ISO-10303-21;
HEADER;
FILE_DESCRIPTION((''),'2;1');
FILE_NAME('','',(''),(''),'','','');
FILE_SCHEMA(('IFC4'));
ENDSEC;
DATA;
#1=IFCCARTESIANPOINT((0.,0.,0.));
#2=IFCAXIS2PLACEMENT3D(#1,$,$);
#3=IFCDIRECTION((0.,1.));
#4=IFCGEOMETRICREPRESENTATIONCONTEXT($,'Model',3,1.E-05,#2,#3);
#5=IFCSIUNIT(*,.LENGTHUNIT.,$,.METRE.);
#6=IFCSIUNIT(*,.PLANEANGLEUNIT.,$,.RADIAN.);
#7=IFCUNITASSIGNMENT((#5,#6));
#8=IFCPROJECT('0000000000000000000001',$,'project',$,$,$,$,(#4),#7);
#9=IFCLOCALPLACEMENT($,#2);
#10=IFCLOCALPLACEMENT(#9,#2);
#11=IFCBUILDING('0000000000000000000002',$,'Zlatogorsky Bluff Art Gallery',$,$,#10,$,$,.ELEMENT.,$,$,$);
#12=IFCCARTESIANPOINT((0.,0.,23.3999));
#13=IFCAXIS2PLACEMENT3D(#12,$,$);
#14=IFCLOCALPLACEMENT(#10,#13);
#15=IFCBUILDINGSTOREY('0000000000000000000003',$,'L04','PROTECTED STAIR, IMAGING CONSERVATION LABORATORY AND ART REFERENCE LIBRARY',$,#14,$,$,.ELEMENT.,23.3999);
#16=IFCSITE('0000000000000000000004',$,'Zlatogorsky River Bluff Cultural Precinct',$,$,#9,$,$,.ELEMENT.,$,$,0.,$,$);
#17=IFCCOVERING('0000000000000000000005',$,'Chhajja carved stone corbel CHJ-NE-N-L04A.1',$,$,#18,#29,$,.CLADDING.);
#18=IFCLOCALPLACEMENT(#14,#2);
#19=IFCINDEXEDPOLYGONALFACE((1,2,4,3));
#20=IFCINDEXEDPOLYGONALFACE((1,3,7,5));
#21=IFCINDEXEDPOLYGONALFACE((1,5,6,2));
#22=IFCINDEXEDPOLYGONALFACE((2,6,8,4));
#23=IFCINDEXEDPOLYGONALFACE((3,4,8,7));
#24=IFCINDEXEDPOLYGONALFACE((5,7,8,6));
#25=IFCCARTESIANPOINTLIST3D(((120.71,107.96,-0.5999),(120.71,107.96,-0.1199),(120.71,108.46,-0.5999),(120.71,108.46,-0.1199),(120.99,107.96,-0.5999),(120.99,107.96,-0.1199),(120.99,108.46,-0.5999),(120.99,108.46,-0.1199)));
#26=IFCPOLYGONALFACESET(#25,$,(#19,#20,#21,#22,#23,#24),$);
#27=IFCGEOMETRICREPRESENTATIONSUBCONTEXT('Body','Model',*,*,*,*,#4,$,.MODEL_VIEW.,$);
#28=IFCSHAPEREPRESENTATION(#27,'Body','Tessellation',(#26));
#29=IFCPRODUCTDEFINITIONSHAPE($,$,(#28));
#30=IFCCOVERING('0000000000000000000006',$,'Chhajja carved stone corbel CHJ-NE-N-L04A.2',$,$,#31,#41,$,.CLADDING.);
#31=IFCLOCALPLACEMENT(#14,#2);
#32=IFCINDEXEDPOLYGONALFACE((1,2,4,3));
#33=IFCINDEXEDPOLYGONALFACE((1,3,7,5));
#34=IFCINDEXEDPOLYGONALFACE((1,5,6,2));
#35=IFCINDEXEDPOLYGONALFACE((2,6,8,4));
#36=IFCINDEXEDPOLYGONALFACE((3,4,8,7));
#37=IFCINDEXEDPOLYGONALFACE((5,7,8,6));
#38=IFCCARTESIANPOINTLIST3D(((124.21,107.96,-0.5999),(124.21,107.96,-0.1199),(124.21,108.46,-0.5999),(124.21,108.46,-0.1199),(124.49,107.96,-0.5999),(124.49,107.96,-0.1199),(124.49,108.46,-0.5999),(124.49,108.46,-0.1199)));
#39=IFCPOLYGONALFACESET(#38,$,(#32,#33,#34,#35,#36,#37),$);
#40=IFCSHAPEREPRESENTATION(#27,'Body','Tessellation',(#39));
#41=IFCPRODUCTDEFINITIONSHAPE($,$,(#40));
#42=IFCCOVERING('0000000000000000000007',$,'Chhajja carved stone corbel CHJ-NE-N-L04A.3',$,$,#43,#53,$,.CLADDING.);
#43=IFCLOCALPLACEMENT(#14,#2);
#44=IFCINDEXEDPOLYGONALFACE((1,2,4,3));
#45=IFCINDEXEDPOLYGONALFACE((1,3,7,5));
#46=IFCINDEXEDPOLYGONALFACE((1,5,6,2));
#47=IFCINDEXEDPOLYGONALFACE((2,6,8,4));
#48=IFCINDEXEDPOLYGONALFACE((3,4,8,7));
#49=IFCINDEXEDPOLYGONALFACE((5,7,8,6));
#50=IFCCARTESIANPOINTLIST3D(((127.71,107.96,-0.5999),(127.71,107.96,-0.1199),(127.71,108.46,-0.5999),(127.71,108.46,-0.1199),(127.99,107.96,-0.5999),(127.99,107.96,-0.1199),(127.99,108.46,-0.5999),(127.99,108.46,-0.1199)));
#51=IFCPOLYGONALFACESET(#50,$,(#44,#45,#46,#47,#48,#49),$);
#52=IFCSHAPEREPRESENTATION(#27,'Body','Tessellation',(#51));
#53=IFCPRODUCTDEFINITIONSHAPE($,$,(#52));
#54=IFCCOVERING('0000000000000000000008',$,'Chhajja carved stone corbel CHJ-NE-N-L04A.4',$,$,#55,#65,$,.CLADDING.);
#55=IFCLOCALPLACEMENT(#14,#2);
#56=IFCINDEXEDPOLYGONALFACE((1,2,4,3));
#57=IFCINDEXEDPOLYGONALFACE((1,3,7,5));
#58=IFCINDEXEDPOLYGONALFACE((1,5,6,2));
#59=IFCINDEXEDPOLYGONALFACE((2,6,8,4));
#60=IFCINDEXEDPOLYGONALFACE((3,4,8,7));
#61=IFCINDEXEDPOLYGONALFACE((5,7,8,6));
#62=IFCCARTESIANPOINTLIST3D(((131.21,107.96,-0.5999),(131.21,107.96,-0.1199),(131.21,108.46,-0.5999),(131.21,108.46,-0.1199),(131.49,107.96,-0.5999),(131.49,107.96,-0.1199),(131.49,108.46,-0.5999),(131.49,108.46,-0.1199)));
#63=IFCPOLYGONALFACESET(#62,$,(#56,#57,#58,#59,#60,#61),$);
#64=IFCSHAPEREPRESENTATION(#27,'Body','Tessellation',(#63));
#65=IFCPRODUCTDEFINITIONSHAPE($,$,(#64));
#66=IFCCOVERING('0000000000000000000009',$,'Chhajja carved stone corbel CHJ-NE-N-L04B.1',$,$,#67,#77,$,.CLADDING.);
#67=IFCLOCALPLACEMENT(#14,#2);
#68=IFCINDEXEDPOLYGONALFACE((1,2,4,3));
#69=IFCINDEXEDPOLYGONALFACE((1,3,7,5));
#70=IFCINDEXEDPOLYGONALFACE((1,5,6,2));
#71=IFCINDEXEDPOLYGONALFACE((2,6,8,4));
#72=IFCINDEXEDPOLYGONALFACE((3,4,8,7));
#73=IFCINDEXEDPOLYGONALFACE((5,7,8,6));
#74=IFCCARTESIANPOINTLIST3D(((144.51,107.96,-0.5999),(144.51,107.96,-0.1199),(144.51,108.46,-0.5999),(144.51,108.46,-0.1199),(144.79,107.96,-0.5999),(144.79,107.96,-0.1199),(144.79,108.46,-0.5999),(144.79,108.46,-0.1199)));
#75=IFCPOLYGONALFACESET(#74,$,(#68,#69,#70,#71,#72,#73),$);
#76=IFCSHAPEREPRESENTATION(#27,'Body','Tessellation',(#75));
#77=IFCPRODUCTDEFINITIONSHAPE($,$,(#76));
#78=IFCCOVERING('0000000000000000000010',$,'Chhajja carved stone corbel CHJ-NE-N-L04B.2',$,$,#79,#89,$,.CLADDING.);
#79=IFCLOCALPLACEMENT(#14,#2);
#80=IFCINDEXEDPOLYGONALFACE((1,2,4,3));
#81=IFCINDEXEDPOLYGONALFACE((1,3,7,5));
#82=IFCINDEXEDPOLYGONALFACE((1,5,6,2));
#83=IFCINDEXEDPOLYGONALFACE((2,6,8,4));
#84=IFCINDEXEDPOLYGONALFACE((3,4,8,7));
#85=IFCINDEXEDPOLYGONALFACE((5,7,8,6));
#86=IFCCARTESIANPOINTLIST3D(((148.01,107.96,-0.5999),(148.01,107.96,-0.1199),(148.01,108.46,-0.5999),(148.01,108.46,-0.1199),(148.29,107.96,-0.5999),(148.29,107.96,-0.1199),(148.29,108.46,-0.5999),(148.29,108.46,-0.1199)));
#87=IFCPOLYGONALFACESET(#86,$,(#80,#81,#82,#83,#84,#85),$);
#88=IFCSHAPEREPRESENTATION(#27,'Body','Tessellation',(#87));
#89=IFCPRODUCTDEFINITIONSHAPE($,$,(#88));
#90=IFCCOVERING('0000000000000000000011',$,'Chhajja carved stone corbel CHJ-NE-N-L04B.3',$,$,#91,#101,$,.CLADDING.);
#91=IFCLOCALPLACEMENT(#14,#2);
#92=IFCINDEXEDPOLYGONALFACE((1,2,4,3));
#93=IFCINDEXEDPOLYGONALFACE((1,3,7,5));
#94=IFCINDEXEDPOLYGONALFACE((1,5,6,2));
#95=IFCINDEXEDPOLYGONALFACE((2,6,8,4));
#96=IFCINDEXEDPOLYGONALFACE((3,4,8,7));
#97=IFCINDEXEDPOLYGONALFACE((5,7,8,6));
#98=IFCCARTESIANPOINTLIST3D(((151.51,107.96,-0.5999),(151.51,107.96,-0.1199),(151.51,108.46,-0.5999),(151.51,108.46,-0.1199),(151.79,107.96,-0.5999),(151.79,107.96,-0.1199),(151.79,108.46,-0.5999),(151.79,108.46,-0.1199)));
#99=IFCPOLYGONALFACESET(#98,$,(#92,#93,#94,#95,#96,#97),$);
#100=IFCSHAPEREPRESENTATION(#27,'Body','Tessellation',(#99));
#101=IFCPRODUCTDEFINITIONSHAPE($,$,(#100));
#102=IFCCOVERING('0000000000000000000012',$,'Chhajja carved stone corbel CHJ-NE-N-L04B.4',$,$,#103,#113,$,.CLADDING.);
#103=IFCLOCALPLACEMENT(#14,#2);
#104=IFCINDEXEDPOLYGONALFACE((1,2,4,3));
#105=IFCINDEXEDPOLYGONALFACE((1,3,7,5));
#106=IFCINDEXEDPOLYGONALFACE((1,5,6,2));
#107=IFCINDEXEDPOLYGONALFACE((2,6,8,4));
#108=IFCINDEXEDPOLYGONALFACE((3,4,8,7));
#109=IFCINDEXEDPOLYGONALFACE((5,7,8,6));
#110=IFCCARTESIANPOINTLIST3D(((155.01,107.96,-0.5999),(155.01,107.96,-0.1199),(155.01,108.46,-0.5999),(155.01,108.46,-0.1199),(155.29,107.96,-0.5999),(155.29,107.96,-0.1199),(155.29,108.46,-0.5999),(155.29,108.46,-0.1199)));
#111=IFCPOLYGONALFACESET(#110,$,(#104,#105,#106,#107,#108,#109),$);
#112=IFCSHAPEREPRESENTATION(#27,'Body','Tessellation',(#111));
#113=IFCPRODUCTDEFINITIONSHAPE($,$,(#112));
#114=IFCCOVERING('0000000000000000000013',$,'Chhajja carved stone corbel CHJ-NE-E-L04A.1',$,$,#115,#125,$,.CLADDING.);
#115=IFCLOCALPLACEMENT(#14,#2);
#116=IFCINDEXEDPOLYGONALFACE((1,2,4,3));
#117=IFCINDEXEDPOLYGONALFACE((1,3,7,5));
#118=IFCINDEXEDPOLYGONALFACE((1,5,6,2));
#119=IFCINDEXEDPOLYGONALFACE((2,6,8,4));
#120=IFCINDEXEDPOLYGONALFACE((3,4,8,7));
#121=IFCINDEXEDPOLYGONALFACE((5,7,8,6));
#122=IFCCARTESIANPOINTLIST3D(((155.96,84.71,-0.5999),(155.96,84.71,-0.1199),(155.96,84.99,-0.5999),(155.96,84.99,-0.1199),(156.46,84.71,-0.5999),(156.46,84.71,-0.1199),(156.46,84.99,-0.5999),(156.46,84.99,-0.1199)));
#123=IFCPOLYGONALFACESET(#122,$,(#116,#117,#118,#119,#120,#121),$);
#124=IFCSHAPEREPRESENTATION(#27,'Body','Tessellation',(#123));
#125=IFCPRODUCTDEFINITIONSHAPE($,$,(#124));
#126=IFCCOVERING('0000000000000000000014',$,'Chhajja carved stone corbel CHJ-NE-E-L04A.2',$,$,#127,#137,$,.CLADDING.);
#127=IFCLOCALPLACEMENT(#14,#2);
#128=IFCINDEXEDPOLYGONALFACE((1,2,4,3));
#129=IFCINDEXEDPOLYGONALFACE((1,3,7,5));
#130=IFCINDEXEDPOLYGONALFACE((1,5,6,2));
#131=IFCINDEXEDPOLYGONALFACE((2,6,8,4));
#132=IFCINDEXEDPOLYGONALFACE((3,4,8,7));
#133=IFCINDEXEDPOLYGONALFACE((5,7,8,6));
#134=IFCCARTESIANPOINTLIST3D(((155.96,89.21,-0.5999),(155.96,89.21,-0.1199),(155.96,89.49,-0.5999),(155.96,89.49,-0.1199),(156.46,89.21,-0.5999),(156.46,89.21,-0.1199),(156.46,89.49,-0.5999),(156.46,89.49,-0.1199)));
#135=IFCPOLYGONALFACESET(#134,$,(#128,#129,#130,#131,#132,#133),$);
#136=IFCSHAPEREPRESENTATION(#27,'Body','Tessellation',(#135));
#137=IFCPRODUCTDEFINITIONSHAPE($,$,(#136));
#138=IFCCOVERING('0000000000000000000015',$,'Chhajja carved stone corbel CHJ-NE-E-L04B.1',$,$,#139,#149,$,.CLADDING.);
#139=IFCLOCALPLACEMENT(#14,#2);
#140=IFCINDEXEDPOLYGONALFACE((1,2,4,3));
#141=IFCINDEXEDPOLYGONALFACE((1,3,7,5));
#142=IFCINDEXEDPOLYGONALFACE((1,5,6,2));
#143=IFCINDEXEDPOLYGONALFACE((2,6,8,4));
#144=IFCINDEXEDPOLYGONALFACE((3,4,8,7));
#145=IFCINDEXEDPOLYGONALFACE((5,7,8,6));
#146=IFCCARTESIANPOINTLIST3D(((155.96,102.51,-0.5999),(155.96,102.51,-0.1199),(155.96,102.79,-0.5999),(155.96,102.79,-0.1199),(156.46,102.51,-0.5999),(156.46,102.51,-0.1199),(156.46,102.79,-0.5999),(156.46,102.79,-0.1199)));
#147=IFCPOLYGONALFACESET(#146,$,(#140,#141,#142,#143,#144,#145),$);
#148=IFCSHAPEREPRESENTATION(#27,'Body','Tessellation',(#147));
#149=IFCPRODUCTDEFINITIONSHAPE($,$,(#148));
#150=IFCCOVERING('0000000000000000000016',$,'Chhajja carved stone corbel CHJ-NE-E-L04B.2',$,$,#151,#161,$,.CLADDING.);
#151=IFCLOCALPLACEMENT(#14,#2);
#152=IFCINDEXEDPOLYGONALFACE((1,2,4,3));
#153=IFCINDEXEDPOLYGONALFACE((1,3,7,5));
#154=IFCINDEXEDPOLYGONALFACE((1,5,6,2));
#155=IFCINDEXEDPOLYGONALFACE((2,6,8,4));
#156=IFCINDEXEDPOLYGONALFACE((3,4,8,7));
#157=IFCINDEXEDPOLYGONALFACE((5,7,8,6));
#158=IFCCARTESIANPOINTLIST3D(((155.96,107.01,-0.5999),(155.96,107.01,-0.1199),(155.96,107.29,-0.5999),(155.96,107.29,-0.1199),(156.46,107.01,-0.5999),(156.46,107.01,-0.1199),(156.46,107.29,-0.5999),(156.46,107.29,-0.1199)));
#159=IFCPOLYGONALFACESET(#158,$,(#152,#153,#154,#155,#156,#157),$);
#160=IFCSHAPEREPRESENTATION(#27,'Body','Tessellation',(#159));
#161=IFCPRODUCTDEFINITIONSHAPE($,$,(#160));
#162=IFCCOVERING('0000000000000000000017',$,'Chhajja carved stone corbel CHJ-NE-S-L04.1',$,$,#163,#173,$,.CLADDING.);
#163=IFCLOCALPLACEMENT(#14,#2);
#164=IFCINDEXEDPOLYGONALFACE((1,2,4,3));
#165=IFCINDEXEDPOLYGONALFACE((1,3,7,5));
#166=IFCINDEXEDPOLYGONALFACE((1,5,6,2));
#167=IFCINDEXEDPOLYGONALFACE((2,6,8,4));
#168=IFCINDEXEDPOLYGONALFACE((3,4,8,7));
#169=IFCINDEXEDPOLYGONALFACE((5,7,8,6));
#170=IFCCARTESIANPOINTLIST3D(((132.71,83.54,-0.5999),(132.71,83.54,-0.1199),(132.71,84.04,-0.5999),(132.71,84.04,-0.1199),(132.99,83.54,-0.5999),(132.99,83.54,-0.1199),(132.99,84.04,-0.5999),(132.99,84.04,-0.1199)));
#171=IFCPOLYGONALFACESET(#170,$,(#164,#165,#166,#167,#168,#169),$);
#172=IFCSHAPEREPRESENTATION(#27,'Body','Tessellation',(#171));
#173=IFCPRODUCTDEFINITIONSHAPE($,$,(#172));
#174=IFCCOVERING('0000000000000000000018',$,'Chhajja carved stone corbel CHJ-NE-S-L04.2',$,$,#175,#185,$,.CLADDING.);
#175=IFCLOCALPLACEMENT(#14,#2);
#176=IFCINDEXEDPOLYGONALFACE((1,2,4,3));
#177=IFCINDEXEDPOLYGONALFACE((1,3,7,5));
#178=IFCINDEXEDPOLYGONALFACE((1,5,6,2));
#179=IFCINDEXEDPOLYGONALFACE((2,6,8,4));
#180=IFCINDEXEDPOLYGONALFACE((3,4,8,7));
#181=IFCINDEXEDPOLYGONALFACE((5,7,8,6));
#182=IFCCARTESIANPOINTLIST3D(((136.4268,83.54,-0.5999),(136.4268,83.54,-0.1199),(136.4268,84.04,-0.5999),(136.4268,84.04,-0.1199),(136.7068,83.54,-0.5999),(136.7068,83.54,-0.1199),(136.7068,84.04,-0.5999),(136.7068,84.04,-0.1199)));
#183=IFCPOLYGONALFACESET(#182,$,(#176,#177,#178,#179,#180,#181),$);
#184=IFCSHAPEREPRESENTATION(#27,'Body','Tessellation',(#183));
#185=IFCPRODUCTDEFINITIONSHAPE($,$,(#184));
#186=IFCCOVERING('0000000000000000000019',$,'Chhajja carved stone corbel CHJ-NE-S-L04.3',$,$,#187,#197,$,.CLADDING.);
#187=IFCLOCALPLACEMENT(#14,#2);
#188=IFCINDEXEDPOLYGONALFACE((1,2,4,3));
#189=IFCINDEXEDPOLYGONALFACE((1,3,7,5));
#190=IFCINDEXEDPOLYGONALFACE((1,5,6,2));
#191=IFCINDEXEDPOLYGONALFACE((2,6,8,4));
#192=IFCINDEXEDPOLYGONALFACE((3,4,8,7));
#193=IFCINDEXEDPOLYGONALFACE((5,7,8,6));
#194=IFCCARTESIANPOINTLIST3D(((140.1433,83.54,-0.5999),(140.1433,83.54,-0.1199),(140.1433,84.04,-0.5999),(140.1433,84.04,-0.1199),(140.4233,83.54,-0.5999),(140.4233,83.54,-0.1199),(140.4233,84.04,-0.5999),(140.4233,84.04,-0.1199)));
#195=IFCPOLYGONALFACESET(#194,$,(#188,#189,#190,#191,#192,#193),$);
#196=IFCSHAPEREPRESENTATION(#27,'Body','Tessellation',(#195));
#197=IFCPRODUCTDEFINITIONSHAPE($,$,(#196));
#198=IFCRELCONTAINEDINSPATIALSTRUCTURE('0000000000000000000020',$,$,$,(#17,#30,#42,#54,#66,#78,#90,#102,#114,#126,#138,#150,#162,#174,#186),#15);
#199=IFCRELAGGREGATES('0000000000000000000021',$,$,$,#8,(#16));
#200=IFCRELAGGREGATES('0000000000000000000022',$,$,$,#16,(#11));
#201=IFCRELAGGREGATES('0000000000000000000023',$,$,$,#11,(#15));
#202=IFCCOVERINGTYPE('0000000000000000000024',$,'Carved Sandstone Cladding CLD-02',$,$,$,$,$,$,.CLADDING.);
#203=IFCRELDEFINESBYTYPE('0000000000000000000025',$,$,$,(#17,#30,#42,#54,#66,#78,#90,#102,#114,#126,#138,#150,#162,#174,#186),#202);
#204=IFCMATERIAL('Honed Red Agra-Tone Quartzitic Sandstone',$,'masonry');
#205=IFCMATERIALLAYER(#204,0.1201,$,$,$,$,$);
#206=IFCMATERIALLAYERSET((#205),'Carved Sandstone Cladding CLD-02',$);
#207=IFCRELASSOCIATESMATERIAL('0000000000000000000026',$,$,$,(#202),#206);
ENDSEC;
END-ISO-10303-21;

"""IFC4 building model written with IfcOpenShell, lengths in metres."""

from ifc_helpers import new_model, si_unit, direction, frame, origin, place, context, subcontext, project, spatial, polyline, outline, extrude, material, layer, layer_set, type_object, element, save


model = new_model("IFC4")

# Units and contexts
model_context = context("Model", 3, precision=1e-05, world=origin(), true_north=direction((0.0, 1.0)))
body_context = subcontext(model_context, "Body", "Model", "MODEL_VIEW")
ifc_project = project(units=[si_unit("LENGTHUNIT", "METRE"), si_unit("PLANEANGLEUNIT", "RADIAN")], contexts=[model_context])

# Site, building, storey
site_placement = place(None, origin())
site = spatial("IfcSite", under=ifc_project, at=site_placement, Name="Zlatogorsky River Bluff Cultural Precinct", CompositionType="ELEMENT", RefElevation=0.0)
building_placement = place(site_placement, origin())
building = spatial("IfcBuilding", under=site, at=building_placement, Name="Zlatogorsky Bluff Art Gallery", CompositionType="ELEMENT")
storey_placement = place(building_placement, frame((0.0, 0.0, 23.3999)))
storey = spatial("IfcBuildingStorey", under=building, at=storey_placement, Name="L04", Description="PROTECTED STAIR, IMAGING CONSERVATION LABORATORY AND ART REFERENCE LIBRARY", CompositionType="ELEMENT", Elevation=23.3999)

# Coverings
ifc_material_1 = material(Name="Honed Red Agra-Tone Quartzitic Sandstone", Category="masonry")
ifc_layer_1 = layer(ifc_material_1, 0.1201)
ifc_layer_set_1 = layer_set([ifc_layer_1], Name="Carved Sandstone Cladding CLD-02")
covering_type_1 = type_object("IfcCoveringType", Name="Carved Sandstone Cladding CLD-02", PredefinedType="CLADDING", material=ifc_layer_set_1)
covering_1_placement = place(storey_placement, frame((0.0, 0.0, -0.5999)))
element("IfcCovering", 1, at=covering_1_placement, inside=storey, type_object=covering_type_1, Name="Chhajja carved stone corbel CHJ-NE-N-L04A.1", PredefinedType="CLADDING", context=body_context, shape_type="SweptSolid", body=[
    extrude(outline(polyline([(120.71, 107.96), (120.99, 107.96), (120.99, 108.46), (120.71, 108.46), (120.71, 107.96)])), origin(), (0.0, 0.0, 1.0), 0.48),
])
covering_2_placement = place(storey_placement, frame((0.0, 0.0, -0.5999)))
element("IfcCovering", 2, at=covering_2_placement, inside=storey, type_object=covering_type_1, Name="Chhajja carved stone corbel CHJ-NE-N-L04A.2", PredefinedType="CLADDING", context=body_context, shape_type="SweptSolid", body=[
    extrude(outline(polyline([(124.21, 107.96), (124.49, 107.96), (124.49, 108.46), (124.21, 108.46), (124.21, 107.96)])), origin(), (0.0, 0.0, 1.0), 0.48),
])
covering_3_placement = place(storey_placement, frame((0.0, 0.0, -0.5999)))
element("IfcCovering", 3, at=covering_3_placement, inside=storey, type_object=covering_type_1, Name="Chhajja carved stone corbel CHJ-NE-N-L04A.3", PredefinedType="CLADDING", context=body_context, shape_type="SweptSolid", body=[
    extrude(outline(polyline([(127.71, 107.96), (127.99, 107.96), (127.99, 108.46), (127.71, 108.46), (127.71, 107.96)])), origin(), (0.0, 0.0, 1.0), 0.48),
])
covering_4_placement = place(storey_placement, frame((0.0, 0.0, -0.5999)))
element("IfcCovering", 4, at=covering_4_placement, inside=storey, type_object=covering_type_1, Name="Chhajja carved stone corbel CHJ-NE-N-L04A.4", PredefinedType="CLADDING", context=body_context, shape_type="SweptSolid", body=[
    extrude(outline(polyline([(131.21, 107.96), (131.49, 107.96), (131.49, 108.46), (131.21, 108.46), (131.21, 107.96)])), origin(), (0.0, 0.0, 1.0), 0.48),
])
covering_5_placement = place(storey_placement, frame((0.0, 0.0, -0.5999)))
element("IfcCovering", 5, at=covering_5_placement, inside=storey, type_object=covering_type_1, Name="Chhajja carved stone corbel CHJ-NE-N-L04B.1", PredefinedType="CLADDING", context=body_context, shape_type="SweptSolid", body=[
    extrude(outline(polyline([(144.51, 107.96), (144.79, 107.96), (144.79, 108.46), (144.51, 108.46), (144.51, 107.96)])), origin(), (0.0, 0.0, 1.0), 0.48),
])
covering_6_placement = place(storey_placement, frame((0.0, 0.0, -0.5999)))
element("IfcCovering", 6, at=covering_6_placement, inside=storey, type_object=covering_type_1, Name="Chhajja carved stone corbel CHJ-NE-N-L04B.2", PredefinedType="CLADDING", context=body_context, shape_type="SweptSolid", body=[
    extrude(outline(polyline([(148.01, 107.96), (148.29, 107.96), (148.29, 108.46), (148.01, 108.46), (148.01, 107.96)])), origin(), (0.0, 0.0, 1.0), 0.48),
])
covering_7_placement = place(storey_placement, frame((0.0, 0.0, -0.5999)))
element("IfcCovering", 7, at=covering_7_placement, inside=storey, type_object=covering_type_1, Name="Chhajja carved stone corbel CHJ-NE-N-L04B.3", PredefinedType="CLADDING", context=body_context, shape_type="SweptSolid", body=[
    extrude(outline(polyline([(151.51, 107.96), (151.79, 107.96), (151.79, 108.46), (151.51, 108.46), (151.51, 107.96)])), origin(), (0.0, 0.0, 1.0), 0.48),
])
covering_8_placement = place(storey_placement, frame((0.0, 0.0, -0.5999)))
element("IfcCovering", 8, at=covering_8_placement, inside=storey, type_object=covering_type_1, Name="Chhajja carved stone corbel CHJ-NE-N-L04B.4", PredefinedType="CLADDING", context=body_context, shape_type="SweptSolid", body=[
    extrude(outline(polyline([(155.01, 107.96), (155.29, 107.96), (155.29, 108.46), (155.01, 108.46), (155.01, 107.96)])), origin(), (0.0, 0.0, 1.0), 0.48),
])
covering_9_placement = place(storey_placement, frame((0.0, 0.0, -0.5999)))
element("IfcCovering", 9, at=covering_9_placement, inside=storey, type_object=covering_type_1, Name="Chhajja carved stone corbel CHJ-NE-E-L04A.1", PredefinedType="CLADDING", context=body_context, shape_type="SweptSolid", body=[
    extrude(outline(polyline([(155.96, 84.71), (155.96, 84.99), (156.46, 84.99), (156.46, 84.71), (155.96, 84.71)])), origin(), (0.0, 0.0, 1.0), 0.48),
])
covering_10_placement = place(storey_placement, frame((0.0, 0.0, -0.5999)))
element("IfcCovering", 10, at=covering_10_placement, inside=storey, type_object=covering_type_1, Name="Chhajja carved stone corbel CHJ-NE-E-L04A.2", PredefinedType="CLADDING", context=body_context, shape_type="SweptSolid", body=[
    extrude(outline(polyline([(155.96, 89.21), (155.96, 89.49), (156.46, 89.49), (156.46, 89.21), (155.96, 89.21)])), origin(), (0.0, 0.0, 1.0), 0.48),
])
covering_11_placement = place(storey_placement, frame((0.0, 0.0, -0.5999)))
element("IfcCovering", 11, at=covering_11_placement, inside=storey, type_object=covering_type_1, Name="Chhajja carved stone corbel CHJ-NE-E-L04B.1", PredefinedType="CLADDING", context=body_context, shape_type="SweptSolid", body=[
    extrude(outline(polyline([(155.96, 102.51), (155.96, 102.79), (156.46, 102.79), (156.46, 102.51), (155.96, 102.51)])), origin(), (0.0, 0.0, 1.0), 0.48),
])
covering_12_placement = place(storey_placement, frame((0.0, 0.0, -0.5999)))
element("IfcCovering", 12, at=covering_12_placement, inside=storey, type_object=covering_type_1, Name="Chhajja carved stone corbel CHJ-NE-E-L04B.2", PredefinedType="CLADDING", context=body_context, shape_type="SweptSolid", body=[
    extrude(outline(polyline([(155.96, 107.01), (155.96, 107.29), (156.46, 107.29), (156.46, 107.01), (155.96, 107.01)])), origin(), (0.0, 0.0, 1.0), 0.48),
])
covering_13_placement = place(storey_placement, frame((0.0, 0.0, -0.5999)))
element("IfcCovering", 13, at=covering_13_placement, inside=storey, type_object=covering_type_1, Name="Chhajja carved stone corbel CHJ-NE-S-L04.1", PredefinedType="CLADDING", context=body_context, shape_type="SweptSolid", body=[
    extrude(outline(polyline([(132.71, 83.54), (132.99, 83.54), (132.99, 84.04), (132.71, 84.04), (132.71, 83.54)])), origin(), (0.0, 0.0, 1.0), 0.48),
])
covering_14_placement = place(storey_placement, frame((0.0, 0.0, -0.5999)))
element("IfcCovering", 14, at=covering_14_placement, inside=storey, type_object=covering_type_1, Name="Chhajja carved stone corbel CHJ-NE-S-L04.2", PredefinedType="CLADDING", context=body_context, shape_type="SweptSolid", body=[
    extrude(outline(polyline([(136.4268, 83.54), (136.7068, 83.54), (136.7068, 84.04), (136.4268, 84.04), (136.4268, 83.54)])), origin(), (0.0, 0.0, 1.0), 0.48),
])
covering_15_placement = place(storey_placement, frame((0.0, 0.0, -0.5999)))
element("IfcCovering", 15, at=covering_15_placement, inside=storey, type_object=covering_type_1, Name="Chhajja carved stone corbel CHJ-NE-S-L04.3", PredefinedType="CLADDING", context=body_context, shape_type="SweptSolid", body=[
    extrude(outline(polyline([(140.1433, 83.54), (140.4233, 83.54), (140.4233, 84.04), (140.1433, 84.04), (140.1433, 83.54)])), origin(), (0.0, 0.0, 1.0), 0.48),
])

save(model, "model.ifc")
